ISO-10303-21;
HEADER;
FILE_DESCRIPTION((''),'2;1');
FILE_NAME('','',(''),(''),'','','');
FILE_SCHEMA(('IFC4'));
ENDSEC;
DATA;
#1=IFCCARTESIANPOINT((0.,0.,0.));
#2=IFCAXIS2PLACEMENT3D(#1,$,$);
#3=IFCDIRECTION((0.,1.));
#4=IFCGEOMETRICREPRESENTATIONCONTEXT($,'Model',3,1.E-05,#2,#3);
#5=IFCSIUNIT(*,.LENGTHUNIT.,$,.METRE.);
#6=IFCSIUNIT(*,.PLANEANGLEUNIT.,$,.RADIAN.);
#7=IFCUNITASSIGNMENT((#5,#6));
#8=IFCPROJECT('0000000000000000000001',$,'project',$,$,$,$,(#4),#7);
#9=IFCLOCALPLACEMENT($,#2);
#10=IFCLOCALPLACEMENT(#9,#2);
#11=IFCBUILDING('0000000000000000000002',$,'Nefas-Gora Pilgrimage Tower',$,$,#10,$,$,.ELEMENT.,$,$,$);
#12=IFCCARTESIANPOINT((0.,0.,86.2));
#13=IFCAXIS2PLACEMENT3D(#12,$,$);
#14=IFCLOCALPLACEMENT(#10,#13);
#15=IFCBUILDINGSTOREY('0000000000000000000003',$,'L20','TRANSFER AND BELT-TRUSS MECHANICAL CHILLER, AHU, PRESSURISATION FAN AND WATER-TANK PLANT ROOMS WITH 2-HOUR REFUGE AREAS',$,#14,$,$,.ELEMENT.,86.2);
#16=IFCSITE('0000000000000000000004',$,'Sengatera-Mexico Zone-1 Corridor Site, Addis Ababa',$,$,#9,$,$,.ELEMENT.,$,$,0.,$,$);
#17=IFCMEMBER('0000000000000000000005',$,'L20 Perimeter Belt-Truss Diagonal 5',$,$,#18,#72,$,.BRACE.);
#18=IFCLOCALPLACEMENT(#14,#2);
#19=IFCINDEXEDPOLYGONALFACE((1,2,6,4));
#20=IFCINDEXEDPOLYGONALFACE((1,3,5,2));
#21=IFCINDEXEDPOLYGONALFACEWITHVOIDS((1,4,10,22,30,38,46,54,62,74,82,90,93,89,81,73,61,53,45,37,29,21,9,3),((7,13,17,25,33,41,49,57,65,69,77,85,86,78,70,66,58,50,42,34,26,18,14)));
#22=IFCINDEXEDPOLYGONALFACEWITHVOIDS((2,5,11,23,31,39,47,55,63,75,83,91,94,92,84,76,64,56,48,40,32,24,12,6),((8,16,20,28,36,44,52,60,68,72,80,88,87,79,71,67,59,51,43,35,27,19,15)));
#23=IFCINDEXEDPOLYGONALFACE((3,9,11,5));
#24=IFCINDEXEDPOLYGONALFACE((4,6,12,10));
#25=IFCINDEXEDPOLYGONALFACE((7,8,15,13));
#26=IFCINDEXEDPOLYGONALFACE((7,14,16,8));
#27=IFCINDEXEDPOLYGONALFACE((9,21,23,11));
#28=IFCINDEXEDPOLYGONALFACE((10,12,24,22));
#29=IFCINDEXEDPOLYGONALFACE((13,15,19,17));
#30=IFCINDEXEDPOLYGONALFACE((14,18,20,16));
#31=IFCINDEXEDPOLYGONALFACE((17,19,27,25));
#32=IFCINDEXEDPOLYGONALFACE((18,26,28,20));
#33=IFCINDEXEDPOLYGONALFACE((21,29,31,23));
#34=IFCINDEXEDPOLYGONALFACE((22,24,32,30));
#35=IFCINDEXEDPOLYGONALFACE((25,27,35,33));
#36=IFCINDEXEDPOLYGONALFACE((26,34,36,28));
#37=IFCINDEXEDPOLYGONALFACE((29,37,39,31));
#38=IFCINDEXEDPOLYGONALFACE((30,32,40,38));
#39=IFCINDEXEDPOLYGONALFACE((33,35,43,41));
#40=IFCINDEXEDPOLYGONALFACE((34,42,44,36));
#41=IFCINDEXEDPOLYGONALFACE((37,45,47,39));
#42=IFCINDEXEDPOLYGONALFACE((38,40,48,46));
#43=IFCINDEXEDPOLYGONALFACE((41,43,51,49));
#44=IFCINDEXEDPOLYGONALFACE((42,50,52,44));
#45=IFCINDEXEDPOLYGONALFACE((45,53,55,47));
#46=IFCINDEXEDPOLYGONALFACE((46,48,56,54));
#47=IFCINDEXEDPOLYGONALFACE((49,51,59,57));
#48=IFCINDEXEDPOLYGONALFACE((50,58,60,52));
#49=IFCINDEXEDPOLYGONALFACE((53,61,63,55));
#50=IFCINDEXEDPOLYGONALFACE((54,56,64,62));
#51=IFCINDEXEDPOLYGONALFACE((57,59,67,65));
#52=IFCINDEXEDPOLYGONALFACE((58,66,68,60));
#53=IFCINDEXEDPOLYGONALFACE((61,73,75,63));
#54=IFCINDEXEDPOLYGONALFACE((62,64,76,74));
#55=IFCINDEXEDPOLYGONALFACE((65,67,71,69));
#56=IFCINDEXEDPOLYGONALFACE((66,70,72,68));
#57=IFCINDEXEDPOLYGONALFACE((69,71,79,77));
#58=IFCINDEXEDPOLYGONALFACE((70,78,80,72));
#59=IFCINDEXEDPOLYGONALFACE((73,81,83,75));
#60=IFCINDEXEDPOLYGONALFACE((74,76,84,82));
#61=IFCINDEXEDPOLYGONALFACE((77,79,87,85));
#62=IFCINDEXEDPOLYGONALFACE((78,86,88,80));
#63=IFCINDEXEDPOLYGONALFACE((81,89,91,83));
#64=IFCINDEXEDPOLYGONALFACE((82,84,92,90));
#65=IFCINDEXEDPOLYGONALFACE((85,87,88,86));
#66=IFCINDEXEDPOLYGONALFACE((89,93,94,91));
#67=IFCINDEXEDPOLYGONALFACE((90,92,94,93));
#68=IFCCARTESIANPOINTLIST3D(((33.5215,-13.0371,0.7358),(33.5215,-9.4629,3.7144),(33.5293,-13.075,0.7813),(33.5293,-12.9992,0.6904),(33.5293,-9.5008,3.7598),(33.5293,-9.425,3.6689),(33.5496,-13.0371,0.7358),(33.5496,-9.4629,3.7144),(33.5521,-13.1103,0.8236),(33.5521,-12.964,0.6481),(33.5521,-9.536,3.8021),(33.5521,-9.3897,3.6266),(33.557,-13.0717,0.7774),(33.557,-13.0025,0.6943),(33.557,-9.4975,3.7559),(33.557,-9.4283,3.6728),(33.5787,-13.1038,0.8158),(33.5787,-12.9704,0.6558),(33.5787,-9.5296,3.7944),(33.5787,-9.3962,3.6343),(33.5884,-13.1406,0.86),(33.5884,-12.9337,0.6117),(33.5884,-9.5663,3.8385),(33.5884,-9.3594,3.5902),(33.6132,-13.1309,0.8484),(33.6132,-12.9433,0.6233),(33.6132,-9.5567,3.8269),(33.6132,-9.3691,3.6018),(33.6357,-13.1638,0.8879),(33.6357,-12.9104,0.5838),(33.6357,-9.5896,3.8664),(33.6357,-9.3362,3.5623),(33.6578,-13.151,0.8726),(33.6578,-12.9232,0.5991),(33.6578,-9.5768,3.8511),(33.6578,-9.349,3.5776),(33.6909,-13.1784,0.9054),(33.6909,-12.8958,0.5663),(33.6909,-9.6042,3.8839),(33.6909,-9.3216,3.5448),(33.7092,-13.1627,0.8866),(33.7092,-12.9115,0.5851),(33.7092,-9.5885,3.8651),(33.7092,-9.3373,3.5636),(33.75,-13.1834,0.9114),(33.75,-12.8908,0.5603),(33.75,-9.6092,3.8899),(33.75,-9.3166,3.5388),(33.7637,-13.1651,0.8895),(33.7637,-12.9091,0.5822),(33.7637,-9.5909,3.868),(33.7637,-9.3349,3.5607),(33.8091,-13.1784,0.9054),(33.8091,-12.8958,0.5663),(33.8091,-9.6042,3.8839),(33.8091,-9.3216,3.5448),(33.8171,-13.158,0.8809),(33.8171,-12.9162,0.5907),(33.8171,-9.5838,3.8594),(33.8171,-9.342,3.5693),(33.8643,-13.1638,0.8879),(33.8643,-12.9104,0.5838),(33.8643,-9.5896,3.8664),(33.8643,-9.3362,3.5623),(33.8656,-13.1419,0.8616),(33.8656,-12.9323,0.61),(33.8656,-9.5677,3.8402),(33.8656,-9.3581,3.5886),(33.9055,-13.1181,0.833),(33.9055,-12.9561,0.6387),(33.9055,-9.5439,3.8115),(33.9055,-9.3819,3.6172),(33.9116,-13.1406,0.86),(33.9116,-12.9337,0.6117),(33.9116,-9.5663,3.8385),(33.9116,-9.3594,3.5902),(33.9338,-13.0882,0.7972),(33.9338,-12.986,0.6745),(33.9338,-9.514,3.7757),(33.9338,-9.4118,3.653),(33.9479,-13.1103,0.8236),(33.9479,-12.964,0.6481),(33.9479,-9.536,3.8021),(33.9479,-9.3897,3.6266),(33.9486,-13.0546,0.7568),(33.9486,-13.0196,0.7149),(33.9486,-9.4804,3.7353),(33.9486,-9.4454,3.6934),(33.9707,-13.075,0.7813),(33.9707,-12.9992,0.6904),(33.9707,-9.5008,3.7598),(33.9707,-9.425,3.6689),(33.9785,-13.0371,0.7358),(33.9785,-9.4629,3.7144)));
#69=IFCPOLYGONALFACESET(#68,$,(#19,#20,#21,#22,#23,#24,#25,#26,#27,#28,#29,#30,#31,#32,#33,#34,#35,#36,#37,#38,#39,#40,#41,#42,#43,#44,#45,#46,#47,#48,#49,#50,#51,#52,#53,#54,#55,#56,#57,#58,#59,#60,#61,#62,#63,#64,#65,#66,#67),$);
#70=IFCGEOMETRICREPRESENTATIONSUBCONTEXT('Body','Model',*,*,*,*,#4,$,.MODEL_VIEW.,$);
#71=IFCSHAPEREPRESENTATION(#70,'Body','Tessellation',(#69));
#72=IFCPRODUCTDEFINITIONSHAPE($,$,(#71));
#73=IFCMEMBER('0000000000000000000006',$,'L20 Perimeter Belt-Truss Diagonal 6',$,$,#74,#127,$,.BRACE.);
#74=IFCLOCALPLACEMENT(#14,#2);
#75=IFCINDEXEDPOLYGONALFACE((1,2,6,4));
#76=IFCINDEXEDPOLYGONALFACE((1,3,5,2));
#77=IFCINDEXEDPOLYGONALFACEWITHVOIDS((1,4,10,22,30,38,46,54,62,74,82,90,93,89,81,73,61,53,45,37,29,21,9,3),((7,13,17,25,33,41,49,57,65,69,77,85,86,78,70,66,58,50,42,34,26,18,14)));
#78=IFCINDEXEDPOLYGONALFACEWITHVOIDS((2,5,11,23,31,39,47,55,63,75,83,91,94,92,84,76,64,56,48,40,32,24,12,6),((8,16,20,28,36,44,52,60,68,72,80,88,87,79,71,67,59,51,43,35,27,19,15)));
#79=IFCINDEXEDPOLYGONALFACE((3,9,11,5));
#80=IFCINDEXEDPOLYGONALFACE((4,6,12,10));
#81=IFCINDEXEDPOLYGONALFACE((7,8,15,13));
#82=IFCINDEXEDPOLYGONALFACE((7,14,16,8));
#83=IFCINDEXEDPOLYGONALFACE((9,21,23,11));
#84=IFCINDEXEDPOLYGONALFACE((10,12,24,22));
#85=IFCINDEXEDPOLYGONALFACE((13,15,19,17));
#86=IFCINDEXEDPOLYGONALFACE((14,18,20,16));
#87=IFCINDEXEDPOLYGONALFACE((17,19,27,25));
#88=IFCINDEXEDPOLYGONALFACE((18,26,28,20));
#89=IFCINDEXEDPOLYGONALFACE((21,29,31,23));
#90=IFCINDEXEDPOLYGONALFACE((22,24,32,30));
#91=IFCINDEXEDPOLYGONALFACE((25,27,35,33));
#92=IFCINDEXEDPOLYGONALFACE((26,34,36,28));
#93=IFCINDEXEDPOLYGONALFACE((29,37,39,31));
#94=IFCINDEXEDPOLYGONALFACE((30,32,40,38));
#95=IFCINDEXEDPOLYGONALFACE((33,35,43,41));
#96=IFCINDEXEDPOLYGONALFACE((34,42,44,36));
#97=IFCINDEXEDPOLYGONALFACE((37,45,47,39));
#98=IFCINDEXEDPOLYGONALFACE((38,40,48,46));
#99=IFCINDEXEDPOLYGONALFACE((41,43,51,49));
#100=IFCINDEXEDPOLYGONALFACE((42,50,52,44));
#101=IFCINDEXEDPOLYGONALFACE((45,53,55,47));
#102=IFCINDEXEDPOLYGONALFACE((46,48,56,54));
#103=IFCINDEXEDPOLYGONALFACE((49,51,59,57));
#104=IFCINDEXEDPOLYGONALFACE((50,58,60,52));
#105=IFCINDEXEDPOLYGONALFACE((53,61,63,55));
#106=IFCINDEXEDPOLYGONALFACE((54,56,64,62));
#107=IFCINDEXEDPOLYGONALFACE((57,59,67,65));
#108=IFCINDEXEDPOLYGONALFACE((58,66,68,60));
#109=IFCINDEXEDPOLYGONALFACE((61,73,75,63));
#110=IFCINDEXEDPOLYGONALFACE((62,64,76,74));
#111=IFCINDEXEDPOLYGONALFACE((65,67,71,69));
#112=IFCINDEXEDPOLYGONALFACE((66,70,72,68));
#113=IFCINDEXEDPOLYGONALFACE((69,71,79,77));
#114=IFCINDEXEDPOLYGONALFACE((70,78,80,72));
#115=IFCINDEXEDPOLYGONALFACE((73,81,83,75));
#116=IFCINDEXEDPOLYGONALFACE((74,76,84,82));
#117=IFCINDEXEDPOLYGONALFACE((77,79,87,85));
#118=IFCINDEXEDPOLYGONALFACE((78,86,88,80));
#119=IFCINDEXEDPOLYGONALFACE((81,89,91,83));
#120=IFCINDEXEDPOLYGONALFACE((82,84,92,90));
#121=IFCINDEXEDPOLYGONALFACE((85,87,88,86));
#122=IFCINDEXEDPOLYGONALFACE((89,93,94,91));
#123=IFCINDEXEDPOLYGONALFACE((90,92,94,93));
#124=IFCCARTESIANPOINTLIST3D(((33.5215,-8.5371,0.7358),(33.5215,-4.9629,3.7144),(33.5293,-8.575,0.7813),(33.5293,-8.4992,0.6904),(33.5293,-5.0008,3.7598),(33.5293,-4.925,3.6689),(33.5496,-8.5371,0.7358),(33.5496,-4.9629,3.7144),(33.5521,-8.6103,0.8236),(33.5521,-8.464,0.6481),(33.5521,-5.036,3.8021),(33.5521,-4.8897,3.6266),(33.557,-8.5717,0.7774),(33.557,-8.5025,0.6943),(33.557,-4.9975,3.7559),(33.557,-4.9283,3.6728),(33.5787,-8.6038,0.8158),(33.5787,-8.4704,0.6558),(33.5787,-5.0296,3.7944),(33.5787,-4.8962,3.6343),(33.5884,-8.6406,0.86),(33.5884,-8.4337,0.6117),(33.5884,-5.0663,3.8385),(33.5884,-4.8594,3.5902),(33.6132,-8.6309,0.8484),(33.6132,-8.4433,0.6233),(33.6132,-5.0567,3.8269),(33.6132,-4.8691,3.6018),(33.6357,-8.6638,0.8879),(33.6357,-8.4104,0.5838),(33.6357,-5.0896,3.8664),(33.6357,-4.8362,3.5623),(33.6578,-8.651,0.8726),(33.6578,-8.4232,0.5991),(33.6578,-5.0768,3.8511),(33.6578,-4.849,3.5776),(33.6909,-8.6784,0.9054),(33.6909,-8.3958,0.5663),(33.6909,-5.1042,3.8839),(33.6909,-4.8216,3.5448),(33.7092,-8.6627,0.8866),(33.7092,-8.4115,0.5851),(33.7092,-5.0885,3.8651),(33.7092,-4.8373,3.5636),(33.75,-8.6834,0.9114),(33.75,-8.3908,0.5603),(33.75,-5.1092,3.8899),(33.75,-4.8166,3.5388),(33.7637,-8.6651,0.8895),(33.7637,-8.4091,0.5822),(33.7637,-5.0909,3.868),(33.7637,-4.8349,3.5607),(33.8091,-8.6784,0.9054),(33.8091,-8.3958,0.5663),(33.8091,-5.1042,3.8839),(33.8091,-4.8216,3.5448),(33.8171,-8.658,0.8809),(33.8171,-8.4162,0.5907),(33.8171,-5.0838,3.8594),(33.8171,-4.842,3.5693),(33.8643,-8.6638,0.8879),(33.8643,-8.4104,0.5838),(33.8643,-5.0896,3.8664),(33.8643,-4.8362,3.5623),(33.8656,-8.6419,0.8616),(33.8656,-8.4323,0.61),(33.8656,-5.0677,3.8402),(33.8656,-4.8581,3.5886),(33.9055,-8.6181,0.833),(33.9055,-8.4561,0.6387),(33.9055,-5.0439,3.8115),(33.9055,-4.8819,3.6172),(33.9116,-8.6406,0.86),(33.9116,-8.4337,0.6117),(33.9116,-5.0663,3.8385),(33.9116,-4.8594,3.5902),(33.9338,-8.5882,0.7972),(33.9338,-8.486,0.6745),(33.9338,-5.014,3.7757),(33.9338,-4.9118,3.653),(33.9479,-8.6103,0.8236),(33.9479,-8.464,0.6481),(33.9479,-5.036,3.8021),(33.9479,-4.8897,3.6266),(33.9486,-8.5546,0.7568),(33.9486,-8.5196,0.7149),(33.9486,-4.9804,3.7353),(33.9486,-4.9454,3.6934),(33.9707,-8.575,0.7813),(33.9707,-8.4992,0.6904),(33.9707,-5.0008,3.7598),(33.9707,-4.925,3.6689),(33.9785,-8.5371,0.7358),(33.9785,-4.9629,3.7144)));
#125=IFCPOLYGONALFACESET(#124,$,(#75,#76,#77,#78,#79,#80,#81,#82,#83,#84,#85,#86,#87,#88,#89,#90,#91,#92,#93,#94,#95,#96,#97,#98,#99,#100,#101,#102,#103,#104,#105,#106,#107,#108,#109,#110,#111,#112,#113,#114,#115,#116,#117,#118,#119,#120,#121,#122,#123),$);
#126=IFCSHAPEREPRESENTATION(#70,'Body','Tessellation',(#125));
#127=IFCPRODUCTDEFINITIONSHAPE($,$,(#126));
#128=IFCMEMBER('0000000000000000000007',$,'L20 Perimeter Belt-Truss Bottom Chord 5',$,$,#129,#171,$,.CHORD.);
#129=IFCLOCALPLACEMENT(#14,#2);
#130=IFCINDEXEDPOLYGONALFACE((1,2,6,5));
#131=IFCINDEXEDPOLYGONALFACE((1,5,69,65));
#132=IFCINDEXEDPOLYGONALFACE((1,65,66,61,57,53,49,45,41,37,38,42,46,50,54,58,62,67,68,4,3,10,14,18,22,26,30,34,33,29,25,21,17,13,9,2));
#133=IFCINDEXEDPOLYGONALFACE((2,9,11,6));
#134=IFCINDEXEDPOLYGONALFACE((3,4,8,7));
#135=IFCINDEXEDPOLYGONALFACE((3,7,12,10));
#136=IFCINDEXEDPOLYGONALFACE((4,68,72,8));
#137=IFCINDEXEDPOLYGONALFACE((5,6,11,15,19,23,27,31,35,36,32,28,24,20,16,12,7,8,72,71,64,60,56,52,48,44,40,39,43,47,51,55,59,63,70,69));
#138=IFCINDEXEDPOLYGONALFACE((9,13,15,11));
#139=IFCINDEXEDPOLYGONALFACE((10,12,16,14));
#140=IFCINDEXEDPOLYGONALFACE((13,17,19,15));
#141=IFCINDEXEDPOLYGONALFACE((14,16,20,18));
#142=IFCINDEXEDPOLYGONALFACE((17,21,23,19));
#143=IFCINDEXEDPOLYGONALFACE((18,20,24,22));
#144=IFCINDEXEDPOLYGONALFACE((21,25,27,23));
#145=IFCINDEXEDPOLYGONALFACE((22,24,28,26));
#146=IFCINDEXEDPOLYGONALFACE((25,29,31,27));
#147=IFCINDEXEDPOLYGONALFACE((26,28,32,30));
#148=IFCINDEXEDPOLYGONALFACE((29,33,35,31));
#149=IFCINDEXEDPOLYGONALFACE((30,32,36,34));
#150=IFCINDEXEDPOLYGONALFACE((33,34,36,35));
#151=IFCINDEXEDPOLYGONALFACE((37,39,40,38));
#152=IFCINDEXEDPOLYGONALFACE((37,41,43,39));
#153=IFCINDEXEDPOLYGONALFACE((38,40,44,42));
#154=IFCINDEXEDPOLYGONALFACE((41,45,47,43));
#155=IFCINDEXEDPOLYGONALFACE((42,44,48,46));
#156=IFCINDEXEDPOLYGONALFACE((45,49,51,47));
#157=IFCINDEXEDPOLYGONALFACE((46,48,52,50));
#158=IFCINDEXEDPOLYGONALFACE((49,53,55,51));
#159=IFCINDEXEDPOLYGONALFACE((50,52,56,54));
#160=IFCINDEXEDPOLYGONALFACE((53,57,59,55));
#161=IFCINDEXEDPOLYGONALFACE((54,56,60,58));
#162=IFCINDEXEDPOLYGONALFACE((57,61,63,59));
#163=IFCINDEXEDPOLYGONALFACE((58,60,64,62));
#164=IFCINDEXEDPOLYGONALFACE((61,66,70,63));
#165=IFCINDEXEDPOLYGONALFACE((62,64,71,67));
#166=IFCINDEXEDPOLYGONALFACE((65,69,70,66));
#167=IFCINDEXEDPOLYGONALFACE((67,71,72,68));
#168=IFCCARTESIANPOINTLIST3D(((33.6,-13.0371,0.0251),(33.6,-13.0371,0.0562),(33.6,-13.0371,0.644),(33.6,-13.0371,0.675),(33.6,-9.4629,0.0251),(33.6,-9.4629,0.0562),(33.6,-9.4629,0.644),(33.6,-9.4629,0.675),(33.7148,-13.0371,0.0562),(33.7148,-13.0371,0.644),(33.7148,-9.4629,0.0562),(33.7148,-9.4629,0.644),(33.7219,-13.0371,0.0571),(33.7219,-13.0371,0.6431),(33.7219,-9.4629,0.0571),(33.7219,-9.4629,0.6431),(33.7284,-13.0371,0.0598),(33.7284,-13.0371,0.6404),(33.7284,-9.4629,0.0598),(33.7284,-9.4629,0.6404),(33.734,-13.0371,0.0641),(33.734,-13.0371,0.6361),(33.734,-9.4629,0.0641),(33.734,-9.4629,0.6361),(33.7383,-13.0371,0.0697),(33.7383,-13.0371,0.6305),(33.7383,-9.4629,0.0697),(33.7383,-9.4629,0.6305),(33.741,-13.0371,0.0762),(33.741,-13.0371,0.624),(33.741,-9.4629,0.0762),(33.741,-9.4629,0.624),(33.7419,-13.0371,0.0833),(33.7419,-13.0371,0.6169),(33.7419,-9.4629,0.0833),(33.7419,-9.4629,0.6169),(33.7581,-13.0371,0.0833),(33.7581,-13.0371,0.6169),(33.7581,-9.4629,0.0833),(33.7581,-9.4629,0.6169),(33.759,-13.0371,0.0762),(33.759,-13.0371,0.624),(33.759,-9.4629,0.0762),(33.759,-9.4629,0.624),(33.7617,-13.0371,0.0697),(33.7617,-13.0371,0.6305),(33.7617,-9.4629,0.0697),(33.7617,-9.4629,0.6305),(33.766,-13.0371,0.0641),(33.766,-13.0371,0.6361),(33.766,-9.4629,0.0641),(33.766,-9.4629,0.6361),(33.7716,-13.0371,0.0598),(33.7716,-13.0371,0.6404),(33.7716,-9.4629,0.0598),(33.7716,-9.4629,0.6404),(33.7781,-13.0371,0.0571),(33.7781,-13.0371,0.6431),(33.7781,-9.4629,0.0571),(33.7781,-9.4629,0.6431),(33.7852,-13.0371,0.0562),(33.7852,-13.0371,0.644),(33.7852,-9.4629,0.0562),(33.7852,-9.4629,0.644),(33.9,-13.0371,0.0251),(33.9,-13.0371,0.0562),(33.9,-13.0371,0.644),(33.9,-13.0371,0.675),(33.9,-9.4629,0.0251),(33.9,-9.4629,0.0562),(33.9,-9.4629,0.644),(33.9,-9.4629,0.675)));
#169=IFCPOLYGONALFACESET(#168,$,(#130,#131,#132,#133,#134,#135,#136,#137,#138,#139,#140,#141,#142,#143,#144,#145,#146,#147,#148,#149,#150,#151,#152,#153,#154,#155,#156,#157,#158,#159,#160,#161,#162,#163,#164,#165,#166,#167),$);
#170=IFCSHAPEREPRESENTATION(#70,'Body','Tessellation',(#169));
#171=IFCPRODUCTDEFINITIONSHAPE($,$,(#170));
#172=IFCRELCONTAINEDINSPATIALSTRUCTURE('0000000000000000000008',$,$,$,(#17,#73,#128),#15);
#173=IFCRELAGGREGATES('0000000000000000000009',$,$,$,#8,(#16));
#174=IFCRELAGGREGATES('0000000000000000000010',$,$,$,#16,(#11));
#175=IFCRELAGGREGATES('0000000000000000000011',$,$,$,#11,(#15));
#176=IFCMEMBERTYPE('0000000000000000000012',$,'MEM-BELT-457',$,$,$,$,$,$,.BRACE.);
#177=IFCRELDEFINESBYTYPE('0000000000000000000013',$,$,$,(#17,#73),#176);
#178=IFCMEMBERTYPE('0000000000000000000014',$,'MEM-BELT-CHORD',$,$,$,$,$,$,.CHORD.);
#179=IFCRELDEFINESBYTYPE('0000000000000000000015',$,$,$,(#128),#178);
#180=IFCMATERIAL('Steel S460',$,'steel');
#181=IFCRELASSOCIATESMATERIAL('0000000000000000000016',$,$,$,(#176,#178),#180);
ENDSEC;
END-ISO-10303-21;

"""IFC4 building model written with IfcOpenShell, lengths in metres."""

from ifc_helpers import new_model, si_unit, direction, frame, origin, origin_2d, place, context, subcontext, project, spatial, hollow_circle, i_section, extrude, source, transform, mapped, material, material_profile, profile_set, type_object, element, save


model = new_model("IFC4")

# Units and contexts
model_context = context("Model", 3, precision=1e-05, world=origin(), true_north=direction((0.0, 1.0)))
body_context = subcontext(model_context, "Body", "Model", "MODEL_VIEW")
ifc_project = project(units=[si_unit("LENGTHUNIT", "METRE"), si_unit("PLANEANGLEUNIT", "RADIAN")], contexts=[model_context])

# Site, building, storey
site_placement = place(None, origin())
site = spatial("IfcSite", under=ifc_project, at=site_placement, Name="Sengatera-Mexico Zone-1 Corridor Site, Addis Ababa", CompositionType="ELEMENT", RefElevation=0.0)
building_placement = place(site_placement, origin())
building = spatial("IfcBuilding", under=site, at=building_placement, Name="Nefas-Gora Pilgrimage Tower", CompositionType="ELEMENT")
storey_placement = place(building_placement, frame((0.0, 0.0, 86.2)))
storey = spatial("IfcBuildingStorey", under=building, at=storey_placement, Name="L20", Description="TRANSFER AND BELT-TRUSS MECHANICAL CHILLER, AHU, PRESSURISATION FAN AND WATER-TANK PLANT ROOMS WITH 2-HOUR REFUGE AREAS", CompositionType="ELEMENT", Elevation=86.2)

# Shared definitions
ifc_material_1 = material(Name="Steel S460", Category="steel")

# Members
ifc_material_profile_1 = material_profile(ifc_material_1, hollow_circle(Radius=0.2285, WallThickness=0.0281, at=origin_2d()), Name="CHS 457x28")
ifc_profile_set_1 = profile_set([ifc_material_profile_1], Name="Steel S460")
member_type_1 = type_object("IfcMemberType", Name="MEM-BELT-457", PredefinedType="BRACE", material=ifc_profile_set_1)
shared_shape_1 = source(origin(), body_context, "Body", "SweptSolid", [
    extrude(hollow_circle(Radius=0.2285, WallThickness=0.0281, at=origin_2d()), origin(), (0.0, 0.0, 1.0), 4.6526),
])
for number, where, z_axis, x_axis, name in (
    (1, (33.75, -13.0371, 0.7358), (0.0, 0.768221, 0.640184), (-1.0, 0.0, 0.0), "L20 Perimeter Belt-Truss Diagonal 5"),
    (2, (33.75, -8.5371, 0.7358), (0.0, 0.768221, 0.640184), (-1.0, 0.0, 0.0), "L20 Perimeter Belt-Truss Diagonal 6"),
):
    element("IfcMember", number, at=place(storey_placement, frame(where, z_axis=z_axis, x_axis=x_axis)), inside=storey, type_object=member_type_1, Name=name, PredefinedType="BRACE", context=body_context, shape_type="MappedRepresentation", body=[
        mapped(shared_shape_1, transform((0.0, 0.0, 0.0), x_axis=(1.0, 0.0, 0.0), y_axis=(0.0, 1.0, 0.0), z_axis=(0.0, 0.0, 1.0), scale=1.0)),
    ])
ifc_material_profile_2 = material_profile(ifc_material_1, i_section(OverallWidth=0.3, OverallDepth=0.6499, WebThickness=0.0161, FlangeThickness=0.031, FilletRadius=0.0271, at=origin_2d()), Name="HEB 650")
ifc_profile_set_2 = profile_set([ifc_material_profile_2], Name="Steel S460")
member_type_2 = type_object("IfcMemberType", Name="MEM-BELT-CHORD", PredefinedType="CHORD", material=ifc_profile_set_2)
shared_shape_2 = source(origin(), body_context, "Body", "SweptSolid", [
    extrude(i_section(OverallWidth=0.3, OverallDepth=0.6499, WebThickness=0.0161, FlangeThickness=0.031, FilletRadius=0.0271, at=origin_2d()), origin(), (0.0, 0.0, 1.0), 3.5742),
])
for number, where, z_axis, x_axis, name in (
    (3, (33.75, -13.0371, 0.3501), (0.0, 1.0, 0.0), (-1.0, 0.0, 0.0), "L20 Perimeter Belt-Truss Bottom Chord 5"),
):
    element("IfcMember", number, at=place(storey_placement, frame(where, z_axis=z_axis, x_axis=x_axis)), inside=storey, type_object=member_type_2, Name=name, PredefinedType="CHORD", context=body_context, shape_type="MappedRepresentation", body=[
        mapped(shared_shape_2, transform((0.0, 0.0, 0.0), x_axis=(1.0, 0.0, 0.0), y_axis=(0.0, 1.0, 0.0), z_axis=(0.0, 0.0, 1.0), scale=1.0)),
    ])

save(model, "model.ifc")
